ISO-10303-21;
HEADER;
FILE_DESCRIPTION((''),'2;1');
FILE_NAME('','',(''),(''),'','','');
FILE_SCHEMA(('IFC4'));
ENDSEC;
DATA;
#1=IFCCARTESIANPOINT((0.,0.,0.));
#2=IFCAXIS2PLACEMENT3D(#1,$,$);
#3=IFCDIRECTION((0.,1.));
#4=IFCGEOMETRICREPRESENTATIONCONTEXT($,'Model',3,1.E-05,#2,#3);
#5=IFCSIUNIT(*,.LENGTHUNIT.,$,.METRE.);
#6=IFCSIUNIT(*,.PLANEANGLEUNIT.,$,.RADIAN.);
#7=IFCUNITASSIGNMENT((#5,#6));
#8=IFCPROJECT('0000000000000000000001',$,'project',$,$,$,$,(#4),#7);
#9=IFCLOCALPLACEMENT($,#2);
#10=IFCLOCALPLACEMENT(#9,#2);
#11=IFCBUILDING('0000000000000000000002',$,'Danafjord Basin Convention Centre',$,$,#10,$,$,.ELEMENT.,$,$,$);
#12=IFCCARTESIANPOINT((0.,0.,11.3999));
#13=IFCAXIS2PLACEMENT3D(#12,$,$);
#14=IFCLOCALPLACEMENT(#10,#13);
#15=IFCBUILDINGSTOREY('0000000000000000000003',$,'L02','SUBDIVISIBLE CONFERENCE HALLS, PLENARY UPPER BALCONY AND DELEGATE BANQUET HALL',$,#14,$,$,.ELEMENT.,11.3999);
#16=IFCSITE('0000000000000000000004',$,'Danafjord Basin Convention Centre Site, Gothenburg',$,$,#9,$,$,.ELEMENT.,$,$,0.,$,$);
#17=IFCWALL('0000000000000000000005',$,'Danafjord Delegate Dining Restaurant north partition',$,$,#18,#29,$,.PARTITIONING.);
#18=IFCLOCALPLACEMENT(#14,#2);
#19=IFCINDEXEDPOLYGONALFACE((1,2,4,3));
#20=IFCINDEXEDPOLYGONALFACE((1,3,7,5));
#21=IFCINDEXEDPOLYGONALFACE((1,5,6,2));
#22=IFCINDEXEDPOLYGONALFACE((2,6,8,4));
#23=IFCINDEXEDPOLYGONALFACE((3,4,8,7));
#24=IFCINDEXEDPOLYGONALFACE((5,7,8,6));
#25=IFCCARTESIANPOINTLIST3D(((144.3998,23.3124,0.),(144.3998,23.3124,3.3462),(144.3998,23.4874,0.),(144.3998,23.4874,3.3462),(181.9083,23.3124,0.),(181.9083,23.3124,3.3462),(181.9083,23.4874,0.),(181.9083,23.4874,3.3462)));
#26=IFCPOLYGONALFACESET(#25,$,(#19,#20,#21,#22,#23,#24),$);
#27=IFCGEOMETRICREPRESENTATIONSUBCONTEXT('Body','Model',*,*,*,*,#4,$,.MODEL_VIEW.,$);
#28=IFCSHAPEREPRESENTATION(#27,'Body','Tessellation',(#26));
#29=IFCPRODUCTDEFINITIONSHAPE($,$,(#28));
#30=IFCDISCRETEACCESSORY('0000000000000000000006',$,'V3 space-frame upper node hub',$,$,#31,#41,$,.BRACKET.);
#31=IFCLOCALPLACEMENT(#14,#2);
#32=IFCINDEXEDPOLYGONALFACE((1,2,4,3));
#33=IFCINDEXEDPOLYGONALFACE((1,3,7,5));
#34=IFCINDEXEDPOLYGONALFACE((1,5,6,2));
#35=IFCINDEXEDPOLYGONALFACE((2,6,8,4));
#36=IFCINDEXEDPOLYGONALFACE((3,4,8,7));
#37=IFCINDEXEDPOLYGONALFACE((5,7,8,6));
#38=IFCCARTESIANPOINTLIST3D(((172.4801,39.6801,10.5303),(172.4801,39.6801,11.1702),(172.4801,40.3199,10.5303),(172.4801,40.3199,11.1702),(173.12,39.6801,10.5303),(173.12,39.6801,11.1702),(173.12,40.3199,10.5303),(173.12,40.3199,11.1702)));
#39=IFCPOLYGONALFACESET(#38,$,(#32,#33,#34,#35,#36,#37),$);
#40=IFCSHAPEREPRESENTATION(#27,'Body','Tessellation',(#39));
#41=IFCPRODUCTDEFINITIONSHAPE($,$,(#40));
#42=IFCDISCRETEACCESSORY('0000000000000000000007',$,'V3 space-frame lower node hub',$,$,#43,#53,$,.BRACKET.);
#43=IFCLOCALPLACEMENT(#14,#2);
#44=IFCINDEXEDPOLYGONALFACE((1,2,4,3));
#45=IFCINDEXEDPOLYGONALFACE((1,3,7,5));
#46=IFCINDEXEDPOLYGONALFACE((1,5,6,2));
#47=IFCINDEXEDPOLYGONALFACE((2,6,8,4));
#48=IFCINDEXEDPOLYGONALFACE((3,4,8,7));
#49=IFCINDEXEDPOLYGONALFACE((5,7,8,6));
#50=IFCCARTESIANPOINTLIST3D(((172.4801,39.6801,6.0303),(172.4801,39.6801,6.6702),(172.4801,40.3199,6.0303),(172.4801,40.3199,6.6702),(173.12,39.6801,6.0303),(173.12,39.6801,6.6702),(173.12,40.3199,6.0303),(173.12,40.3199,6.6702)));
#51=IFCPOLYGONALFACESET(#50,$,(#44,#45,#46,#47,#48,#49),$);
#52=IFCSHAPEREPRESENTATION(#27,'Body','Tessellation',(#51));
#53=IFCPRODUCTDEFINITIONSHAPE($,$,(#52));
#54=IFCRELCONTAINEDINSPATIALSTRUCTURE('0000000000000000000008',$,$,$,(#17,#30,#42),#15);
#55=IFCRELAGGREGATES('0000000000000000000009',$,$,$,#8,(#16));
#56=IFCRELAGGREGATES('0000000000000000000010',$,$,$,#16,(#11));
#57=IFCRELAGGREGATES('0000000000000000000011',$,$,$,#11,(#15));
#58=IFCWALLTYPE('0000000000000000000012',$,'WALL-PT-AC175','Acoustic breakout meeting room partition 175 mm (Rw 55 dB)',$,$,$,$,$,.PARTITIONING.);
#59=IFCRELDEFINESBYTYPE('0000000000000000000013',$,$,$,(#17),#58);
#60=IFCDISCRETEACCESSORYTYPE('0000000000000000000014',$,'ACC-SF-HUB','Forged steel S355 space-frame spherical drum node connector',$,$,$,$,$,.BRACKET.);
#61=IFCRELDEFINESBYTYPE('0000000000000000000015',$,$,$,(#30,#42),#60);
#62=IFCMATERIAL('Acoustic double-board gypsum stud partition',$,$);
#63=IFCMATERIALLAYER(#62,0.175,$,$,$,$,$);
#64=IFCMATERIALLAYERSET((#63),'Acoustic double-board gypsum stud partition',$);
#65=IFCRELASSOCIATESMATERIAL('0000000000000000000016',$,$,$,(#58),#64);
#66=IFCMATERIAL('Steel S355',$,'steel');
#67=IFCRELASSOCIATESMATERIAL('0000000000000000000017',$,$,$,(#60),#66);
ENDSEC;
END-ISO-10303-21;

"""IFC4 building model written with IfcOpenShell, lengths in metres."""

from ifc_helpers import new_model, si_unit, direction, frame, frame_2d, origin, origin_2d, place, context, subcontext, project, spatial, rectangle, extrude, material, layer, layer_set, type_object, element, save


model = new_model("IFC4")

# Units and contexts
model_context = context("Model", 3, precision=1e-05, world=origin(), true_north=direction((0.0, 1.0)))
body_context = subcontext(model_context, "Body", "Model", "MODEL_VIEW")
ifc_project = project(units=[si_unit("LENGTHUNIT", "METRE"), si_unit("PLANEANGLEUNIT", "RADIAN")], contexts=[model_context])

# Site, building, storey
site_placement = place(None, origin())
site = spatial("IfcSite", under=ifc_project, at=site_placement, Name="Danafjord Basin Convention Centre Site, Gothenburg", CompositionType="ELEMENT", RefElevation=0.0)
building_placement = place(site_placement, origin())
building = spatial("IfcBuilding", under=site, at=building_placement, Name="Danafjord Basin Convention Centre", CompositionType="ELEMENT")
storey_placement = place(building_placement, frame((0.0, 0.0, 11.3999)))
storey = spatial("IfcBuildingStorey", under=building, at=storey_placement, Name="L02", Description="SUBDIVISIBLE CONFERENCE HALLS, PLENARY UPPER BALCONY AND DELEGATE BANQUET HALL", CompositionType="ELEMENT", Elevation=11.3999)

# Shared definitions
ifc_material_1 = material(Name="Steel S355", Category="steel")

# Wall
ifc_material_2 = material(Name="Acoustic double-board gypsum stud partition")
ifc_layer = layer(ifc_material_2, 0.175)
ifc_layer_set = layer_set([ifc_layer], Name="Acoustic double-board gypsum stud partition")
wall_type = type_object("IfcWallType", Name="WALL-PT-AC175", Description="Acoustic breakout meeting room partition 175 mm (Rw 55 dB)", PredefinedType="PARTITIONING", material=ifc_layer_set)
wall_1_placement = place(storey_placement, frame((181.9084, 23.3999, 0.0), z_axis=(0.0, 0.0, 1.0), x_axis=(-1.0, 0.0, 0.0)))
element("IfcWall", 1, at=wall_1_placement, inside=storey, type_object=wall_type, Name="Danafjord Delegate Dining Restaurant north partition", PredefinedType="PARTITIONING", context=body_context, shape_type="SweptSolid", body=[
    extrude(rectangle(XDim=37.5085, YDim=0.175, at=frame_2d((18.7544, 0.0))), origin(), (0.0, 0.0, 1.0), 3.3462),
])

# Discrete accessories
discrete_accessory_type = type_object("IfcDiscreteAccessoryType", Name="ACC-SF-HUB", Description="Forged steel S355 space-frame spherical drum node connector", PredefinedType="BRACKET", material=ifc_material_1)
for number, where, z_axis, x_axis, name in (
    (2, (172.8, 40.0, 10.5303), (0.0, 0.0, 1.0), (1.0, 0.0, 0.0), "V3 space-frame upper node hub"),
    (3, (172.8, 40.0, 6.0303), (0.0, 0.0, 1.0), (1.0, 0.0, 0.0), "V3 space-frame lower node hub"),
):
    element("IfcDiscreteAccessory", number, at=place(storey_placement, frame(where, z_axis=z_axis, x_axis=x_axis)), inside=storey, type_object=discrete_accessory_type, Name=name, PredefinedType="BRACKET", context=body_context, shape_type="SweptSolid", body=[
        extrude(rectangle(XDim=0.6399, YDim=0.6399, at=origin_2d()), origin(), (0.0, 0.0, 1.0), 0.6399),
    ])

save(model, "model.ifc")
